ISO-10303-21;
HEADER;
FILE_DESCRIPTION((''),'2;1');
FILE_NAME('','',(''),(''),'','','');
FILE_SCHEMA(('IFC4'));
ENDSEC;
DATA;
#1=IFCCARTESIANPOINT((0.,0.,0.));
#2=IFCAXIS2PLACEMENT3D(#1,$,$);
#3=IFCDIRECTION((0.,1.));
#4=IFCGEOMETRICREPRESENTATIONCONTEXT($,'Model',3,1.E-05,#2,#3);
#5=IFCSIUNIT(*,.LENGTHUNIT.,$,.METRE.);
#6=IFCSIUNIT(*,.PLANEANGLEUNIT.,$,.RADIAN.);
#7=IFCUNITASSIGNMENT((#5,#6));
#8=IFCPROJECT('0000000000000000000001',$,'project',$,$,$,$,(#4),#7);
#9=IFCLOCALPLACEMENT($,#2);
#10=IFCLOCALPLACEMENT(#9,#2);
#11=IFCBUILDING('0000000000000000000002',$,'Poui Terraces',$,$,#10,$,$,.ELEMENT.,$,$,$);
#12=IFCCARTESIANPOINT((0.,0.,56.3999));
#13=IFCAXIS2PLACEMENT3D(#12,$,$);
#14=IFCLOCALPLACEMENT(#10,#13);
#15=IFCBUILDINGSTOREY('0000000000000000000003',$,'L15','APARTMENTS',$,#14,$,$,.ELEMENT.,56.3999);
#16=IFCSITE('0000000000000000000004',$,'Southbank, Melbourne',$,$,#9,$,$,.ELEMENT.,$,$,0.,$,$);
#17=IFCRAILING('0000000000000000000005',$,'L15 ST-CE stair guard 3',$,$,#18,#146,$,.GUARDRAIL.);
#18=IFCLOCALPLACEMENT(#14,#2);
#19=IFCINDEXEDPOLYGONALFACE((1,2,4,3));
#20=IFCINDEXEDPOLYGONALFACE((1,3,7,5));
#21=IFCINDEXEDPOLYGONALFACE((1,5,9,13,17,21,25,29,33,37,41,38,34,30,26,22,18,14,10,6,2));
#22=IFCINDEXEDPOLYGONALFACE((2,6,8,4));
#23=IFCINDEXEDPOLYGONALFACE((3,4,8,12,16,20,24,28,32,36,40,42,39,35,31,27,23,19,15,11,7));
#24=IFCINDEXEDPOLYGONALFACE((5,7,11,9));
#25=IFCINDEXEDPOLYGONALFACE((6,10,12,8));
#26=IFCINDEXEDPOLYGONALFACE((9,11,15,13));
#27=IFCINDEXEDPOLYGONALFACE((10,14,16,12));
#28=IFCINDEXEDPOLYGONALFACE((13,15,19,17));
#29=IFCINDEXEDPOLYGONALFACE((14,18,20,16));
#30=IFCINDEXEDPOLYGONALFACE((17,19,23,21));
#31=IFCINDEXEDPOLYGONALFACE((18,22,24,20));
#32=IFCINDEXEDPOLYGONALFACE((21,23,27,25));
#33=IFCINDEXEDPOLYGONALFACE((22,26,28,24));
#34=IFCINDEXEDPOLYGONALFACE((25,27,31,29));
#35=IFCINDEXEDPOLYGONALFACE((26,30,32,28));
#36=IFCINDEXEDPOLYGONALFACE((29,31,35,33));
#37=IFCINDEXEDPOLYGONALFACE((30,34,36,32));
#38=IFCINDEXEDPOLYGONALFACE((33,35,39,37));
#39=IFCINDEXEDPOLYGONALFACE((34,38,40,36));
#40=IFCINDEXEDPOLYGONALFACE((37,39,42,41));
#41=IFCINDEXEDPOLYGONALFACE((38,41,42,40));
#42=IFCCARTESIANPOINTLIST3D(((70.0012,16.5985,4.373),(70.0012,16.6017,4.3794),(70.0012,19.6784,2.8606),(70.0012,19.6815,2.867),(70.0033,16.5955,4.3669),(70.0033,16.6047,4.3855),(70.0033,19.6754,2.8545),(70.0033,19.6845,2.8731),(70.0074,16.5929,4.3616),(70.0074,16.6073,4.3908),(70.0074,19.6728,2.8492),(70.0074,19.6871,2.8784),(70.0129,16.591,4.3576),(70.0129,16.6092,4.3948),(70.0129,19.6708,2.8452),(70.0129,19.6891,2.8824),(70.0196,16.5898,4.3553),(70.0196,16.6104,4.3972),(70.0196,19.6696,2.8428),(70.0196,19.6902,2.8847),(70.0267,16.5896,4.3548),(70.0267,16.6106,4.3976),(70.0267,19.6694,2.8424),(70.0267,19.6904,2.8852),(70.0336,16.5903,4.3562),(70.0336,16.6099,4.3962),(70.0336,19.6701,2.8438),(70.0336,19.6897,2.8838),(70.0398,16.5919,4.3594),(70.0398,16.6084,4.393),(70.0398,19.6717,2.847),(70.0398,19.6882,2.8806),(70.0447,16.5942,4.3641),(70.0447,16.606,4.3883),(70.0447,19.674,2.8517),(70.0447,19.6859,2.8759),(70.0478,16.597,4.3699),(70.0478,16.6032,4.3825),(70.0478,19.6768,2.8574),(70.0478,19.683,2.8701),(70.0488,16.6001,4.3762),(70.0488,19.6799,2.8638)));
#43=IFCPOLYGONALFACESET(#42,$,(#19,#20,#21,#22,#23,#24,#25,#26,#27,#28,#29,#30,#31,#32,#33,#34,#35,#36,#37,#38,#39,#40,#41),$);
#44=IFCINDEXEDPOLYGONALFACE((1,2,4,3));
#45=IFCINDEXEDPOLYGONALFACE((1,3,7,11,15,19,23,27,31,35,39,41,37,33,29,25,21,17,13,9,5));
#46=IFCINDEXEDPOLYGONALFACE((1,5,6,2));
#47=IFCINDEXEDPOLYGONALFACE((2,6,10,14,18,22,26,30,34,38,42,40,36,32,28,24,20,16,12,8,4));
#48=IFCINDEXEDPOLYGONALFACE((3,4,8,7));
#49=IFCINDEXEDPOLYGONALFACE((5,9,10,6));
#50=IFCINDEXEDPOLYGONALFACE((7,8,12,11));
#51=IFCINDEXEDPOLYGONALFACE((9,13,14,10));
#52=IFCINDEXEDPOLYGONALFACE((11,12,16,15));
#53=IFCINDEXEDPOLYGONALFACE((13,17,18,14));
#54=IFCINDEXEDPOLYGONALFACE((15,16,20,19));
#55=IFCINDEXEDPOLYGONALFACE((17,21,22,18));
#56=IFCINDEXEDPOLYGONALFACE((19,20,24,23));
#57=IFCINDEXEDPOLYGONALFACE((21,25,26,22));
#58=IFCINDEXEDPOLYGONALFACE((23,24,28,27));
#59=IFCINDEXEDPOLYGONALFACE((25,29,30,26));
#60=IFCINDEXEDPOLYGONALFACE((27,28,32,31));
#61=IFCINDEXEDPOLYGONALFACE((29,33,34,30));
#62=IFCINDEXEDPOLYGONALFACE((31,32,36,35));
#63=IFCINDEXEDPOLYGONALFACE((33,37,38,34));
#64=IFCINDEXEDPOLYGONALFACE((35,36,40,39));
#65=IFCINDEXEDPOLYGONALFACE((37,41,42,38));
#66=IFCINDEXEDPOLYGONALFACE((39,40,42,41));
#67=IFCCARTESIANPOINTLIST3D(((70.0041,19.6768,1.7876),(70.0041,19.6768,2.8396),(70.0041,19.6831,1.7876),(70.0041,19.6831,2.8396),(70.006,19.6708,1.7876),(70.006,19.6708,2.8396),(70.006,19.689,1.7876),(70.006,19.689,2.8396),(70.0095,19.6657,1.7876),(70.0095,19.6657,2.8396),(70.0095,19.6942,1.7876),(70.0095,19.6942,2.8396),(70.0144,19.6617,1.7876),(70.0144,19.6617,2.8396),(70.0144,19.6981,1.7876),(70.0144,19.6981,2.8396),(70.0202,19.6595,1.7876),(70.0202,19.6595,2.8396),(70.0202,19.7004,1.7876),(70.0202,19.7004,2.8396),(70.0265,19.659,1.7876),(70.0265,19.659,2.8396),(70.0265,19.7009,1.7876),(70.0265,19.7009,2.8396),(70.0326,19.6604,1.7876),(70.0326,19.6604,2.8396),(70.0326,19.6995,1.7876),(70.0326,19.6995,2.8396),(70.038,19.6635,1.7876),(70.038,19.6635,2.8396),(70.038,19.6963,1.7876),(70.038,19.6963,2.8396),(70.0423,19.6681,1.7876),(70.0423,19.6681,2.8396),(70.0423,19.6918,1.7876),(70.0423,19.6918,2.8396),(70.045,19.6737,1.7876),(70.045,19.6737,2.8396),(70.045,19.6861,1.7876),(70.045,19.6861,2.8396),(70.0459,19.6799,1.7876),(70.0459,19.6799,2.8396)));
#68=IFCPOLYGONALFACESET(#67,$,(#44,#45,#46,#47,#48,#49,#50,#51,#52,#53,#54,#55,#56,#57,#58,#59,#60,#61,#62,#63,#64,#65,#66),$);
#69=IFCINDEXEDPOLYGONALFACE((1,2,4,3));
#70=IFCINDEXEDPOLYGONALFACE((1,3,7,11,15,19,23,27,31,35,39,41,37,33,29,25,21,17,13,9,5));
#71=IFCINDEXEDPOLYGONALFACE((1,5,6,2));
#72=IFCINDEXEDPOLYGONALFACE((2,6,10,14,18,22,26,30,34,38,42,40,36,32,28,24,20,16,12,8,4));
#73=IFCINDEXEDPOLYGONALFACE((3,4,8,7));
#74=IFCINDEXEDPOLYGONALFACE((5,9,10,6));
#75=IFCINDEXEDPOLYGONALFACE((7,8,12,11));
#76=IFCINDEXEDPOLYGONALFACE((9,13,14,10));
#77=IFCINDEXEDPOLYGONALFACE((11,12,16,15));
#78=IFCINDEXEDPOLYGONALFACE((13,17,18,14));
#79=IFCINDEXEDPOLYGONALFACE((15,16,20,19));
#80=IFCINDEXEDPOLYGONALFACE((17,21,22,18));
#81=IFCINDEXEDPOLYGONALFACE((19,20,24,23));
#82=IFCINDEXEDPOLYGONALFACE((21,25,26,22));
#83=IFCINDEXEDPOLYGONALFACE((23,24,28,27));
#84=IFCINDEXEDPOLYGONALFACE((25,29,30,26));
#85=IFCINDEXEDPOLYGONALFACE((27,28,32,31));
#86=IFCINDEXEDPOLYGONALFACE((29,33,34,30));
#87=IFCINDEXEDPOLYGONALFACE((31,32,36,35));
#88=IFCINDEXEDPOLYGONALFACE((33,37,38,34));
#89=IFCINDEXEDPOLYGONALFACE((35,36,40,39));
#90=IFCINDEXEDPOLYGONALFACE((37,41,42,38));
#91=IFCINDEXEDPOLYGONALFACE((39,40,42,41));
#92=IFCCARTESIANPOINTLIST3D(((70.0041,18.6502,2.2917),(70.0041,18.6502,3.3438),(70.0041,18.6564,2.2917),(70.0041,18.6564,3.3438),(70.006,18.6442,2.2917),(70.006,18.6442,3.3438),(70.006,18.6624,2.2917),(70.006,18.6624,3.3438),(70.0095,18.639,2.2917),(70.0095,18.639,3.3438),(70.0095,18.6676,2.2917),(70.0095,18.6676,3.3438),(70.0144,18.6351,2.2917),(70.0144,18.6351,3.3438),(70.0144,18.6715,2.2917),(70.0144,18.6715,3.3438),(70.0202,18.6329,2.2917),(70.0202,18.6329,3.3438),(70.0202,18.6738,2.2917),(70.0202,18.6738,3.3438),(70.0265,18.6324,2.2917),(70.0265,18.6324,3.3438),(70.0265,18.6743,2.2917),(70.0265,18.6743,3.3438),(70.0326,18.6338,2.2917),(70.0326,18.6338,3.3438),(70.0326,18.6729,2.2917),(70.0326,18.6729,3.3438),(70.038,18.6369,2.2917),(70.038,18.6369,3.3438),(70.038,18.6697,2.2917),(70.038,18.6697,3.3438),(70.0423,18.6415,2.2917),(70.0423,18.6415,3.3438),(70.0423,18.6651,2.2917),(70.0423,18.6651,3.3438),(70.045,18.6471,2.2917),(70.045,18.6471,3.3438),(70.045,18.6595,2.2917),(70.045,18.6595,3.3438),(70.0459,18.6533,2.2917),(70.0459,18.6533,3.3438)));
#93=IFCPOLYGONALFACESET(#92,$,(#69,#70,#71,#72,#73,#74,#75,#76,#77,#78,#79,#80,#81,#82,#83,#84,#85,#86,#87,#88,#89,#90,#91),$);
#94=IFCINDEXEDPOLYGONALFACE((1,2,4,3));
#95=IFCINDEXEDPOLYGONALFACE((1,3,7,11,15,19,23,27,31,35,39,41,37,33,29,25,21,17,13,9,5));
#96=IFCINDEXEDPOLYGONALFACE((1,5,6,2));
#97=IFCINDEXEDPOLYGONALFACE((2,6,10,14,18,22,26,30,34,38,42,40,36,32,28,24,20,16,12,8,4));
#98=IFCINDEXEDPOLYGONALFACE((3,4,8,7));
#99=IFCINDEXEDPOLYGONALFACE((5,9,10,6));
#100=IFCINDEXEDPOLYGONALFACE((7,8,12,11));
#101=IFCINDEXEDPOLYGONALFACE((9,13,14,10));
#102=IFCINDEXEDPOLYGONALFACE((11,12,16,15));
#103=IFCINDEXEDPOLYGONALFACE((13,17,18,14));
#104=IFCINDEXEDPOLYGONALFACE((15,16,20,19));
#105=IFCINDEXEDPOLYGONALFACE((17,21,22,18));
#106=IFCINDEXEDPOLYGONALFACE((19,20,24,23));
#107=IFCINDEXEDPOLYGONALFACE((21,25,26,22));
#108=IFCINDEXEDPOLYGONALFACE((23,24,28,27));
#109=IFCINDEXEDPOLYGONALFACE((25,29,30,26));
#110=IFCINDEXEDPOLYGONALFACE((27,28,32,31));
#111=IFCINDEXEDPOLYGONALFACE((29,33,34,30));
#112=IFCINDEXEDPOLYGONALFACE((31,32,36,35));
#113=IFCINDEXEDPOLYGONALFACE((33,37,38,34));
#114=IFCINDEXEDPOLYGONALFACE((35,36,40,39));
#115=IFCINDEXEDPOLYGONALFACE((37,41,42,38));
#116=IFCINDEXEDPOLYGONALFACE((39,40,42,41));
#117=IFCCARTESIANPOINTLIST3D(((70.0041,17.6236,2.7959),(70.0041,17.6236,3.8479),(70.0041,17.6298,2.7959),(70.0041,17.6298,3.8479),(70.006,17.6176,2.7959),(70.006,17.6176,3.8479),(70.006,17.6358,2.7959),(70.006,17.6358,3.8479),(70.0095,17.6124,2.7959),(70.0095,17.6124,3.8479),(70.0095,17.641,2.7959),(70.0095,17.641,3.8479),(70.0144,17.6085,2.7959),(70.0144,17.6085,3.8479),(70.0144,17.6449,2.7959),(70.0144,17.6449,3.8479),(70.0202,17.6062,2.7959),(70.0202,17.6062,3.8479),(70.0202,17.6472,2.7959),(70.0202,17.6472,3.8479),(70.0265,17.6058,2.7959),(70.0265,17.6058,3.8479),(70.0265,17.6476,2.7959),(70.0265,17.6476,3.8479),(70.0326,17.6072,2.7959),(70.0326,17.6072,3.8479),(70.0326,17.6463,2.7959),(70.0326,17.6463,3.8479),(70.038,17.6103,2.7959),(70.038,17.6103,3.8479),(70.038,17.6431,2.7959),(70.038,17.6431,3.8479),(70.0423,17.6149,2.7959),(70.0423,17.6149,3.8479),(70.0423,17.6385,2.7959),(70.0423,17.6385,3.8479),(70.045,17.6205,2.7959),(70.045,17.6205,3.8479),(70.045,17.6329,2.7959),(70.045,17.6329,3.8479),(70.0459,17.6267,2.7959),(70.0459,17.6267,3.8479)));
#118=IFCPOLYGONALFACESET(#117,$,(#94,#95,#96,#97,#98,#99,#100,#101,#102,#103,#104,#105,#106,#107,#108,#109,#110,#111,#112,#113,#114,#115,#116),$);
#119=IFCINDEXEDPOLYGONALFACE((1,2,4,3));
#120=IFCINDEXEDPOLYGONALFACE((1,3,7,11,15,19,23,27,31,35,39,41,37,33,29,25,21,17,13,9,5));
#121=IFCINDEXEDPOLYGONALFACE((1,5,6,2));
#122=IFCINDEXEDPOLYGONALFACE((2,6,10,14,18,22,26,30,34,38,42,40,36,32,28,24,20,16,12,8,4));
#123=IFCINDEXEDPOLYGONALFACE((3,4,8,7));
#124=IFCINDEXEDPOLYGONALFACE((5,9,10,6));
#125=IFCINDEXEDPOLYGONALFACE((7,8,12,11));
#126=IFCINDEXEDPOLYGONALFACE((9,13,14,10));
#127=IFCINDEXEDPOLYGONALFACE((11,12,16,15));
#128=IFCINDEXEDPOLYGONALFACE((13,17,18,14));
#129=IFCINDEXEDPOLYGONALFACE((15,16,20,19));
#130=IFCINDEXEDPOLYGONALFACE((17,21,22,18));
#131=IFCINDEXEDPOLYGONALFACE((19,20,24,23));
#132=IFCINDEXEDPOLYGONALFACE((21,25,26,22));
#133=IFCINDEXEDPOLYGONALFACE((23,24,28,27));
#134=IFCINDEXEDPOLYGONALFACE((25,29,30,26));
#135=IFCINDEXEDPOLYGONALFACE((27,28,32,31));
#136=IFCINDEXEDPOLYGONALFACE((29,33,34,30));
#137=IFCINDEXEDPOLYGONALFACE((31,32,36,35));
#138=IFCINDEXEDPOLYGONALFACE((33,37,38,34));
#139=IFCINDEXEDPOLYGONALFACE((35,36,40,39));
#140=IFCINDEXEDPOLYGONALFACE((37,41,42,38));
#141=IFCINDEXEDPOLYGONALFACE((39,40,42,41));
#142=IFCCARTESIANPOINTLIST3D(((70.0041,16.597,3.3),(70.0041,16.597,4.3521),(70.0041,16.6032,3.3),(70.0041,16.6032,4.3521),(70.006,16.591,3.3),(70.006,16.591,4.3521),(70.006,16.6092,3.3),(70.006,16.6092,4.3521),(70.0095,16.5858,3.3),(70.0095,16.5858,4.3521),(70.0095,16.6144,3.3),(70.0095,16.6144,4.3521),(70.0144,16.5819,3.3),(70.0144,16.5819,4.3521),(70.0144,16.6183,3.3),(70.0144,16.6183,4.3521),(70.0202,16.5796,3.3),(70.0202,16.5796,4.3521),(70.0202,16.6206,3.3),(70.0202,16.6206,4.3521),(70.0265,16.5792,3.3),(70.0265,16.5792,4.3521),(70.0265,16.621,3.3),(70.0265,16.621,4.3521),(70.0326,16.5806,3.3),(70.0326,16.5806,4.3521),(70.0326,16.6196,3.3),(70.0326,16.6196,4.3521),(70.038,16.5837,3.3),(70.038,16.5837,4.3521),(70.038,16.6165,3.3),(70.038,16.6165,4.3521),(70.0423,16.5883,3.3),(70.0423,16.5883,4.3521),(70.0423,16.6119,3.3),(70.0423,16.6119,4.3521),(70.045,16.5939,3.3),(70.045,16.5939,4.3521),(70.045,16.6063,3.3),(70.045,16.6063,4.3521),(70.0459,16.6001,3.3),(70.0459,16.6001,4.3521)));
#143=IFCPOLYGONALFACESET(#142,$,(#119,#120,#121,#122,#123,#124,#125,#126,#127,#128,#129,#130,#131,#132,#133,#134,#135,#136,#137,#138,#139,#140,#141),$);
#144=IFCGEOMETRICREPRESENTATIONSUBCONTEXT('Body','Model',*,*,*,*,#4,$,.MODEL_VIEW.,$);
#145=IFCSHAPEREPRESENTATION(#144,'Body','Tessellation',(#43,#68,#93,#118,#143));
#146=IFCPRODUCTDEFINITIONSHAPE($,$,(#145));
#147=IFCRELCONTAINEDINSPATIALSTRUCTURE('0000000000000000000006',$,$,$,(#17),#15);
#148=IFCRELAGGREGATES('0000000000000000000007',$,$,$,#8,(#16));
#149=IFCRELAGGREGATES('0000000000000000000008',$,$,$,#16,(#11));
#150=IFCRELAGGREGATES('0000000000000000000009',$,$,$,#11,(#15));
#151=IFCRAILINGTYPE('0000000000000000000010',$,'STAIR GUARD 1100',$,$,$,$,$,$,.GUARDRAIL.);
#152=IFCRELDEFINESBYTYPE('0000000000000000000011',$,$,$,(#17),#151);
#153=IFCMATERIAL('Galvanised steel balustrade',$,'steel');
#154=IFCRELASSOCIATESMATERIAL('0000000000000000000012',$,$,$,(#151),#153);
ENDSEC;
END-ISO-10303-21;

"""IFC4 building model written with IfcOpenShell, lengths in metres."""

from ifc_helpers import new_model, si_unit, direction, frame, origin, origin_2d, place, context, subcontext, project, spatial, circle, extrude, material, type_object, element, save


model = new_model("IFC4")

# Units and contexts
model_context = context("Model", 3, precision=1e-05, world=origin(), true_north=direction((0.0, 1.0)))
body_context = subcontext(model_context, "Body", "Model", "MODEL_VIEW")
ifc_project = project(units=[si_unit("LENGTHUNIT", "METRE"), si_unit("PLANEANGLEUNIT", "RADIAN")], contexts=[model_context])

# Site, building, storey
site_placement = place(None, origin())
site = spatial("IfcSite", under=ifc_project, at=site_placement, Name="Southbank, Melbourne", CompositionType="ELEMENT", RefElevation=0.0)
building_placement = place(site_placement, origin())
building = spatial("IfcBuilding", under=site, at=building_placement, Name="Poui Terraces", CompositionType="ELEMENT")
storey_placement = place(building_placement, frame((0.0, 0.0, 56.3999)))
storey = spatial("IfcBuildingStorey", under=building, at=storey_placement, Name="L15", Description="APARTMENTS", CompositionType="ELEMENT", Elevation=56.3999)

# Railing
ifc_material_1 = material(Name="Galvanised steel balustrade", Category="steel")
railing_type_1 = type_object("IfcRailingType", Name="STAIR GUARD 1100", PredefinedType="GUARDRAIL", material=ifc_material_1)
railing_1_placement = place(storey_placement, frame((70.0249, 19.6799, 1.7876)))
element("IfcRailing", 1, at=railing_1_placement, inside=storey, type_object=railing_type_1, Name="L15 ST-CE stair guard 3", PredefinedType="GUARDRAIL", context=body_context, shape_type="SweptSolid", body=[
    extrude(circle(Radius=0.0239, at=origin_2d()), frame((0.0, 0.0, 1.0762), z_axis=(0.0, -0.897606, 0.440798), x_axis=(1.0, 0.0, 0.0)), (0.0, 0.0, 1.0), 3.4312),
    extrude(circle(Radius=0.021, at=origin_2d()), origin(), (0.0, 0.0, 1.0), 1.052),
    extrude(circle(Radius=0.021, at=origin_2d()), frame((0.0, -1.0266, 0.5042)), (0.0, 0.0, 1.0), 1.052),
    extrude(circle(Radius=0.021, at=origin_2d()), frame((0.0, -2.0532, 1.0083)), (0.0, 0.0, 1.0), 1.052),
    extrude(circle(Radius=0.021, at=origin_2d()), frame((0.0, -3.0798, 1.5125)), (0.0, 0.0, 1.0), 1.052),
])

save(model, "model.ifc")
